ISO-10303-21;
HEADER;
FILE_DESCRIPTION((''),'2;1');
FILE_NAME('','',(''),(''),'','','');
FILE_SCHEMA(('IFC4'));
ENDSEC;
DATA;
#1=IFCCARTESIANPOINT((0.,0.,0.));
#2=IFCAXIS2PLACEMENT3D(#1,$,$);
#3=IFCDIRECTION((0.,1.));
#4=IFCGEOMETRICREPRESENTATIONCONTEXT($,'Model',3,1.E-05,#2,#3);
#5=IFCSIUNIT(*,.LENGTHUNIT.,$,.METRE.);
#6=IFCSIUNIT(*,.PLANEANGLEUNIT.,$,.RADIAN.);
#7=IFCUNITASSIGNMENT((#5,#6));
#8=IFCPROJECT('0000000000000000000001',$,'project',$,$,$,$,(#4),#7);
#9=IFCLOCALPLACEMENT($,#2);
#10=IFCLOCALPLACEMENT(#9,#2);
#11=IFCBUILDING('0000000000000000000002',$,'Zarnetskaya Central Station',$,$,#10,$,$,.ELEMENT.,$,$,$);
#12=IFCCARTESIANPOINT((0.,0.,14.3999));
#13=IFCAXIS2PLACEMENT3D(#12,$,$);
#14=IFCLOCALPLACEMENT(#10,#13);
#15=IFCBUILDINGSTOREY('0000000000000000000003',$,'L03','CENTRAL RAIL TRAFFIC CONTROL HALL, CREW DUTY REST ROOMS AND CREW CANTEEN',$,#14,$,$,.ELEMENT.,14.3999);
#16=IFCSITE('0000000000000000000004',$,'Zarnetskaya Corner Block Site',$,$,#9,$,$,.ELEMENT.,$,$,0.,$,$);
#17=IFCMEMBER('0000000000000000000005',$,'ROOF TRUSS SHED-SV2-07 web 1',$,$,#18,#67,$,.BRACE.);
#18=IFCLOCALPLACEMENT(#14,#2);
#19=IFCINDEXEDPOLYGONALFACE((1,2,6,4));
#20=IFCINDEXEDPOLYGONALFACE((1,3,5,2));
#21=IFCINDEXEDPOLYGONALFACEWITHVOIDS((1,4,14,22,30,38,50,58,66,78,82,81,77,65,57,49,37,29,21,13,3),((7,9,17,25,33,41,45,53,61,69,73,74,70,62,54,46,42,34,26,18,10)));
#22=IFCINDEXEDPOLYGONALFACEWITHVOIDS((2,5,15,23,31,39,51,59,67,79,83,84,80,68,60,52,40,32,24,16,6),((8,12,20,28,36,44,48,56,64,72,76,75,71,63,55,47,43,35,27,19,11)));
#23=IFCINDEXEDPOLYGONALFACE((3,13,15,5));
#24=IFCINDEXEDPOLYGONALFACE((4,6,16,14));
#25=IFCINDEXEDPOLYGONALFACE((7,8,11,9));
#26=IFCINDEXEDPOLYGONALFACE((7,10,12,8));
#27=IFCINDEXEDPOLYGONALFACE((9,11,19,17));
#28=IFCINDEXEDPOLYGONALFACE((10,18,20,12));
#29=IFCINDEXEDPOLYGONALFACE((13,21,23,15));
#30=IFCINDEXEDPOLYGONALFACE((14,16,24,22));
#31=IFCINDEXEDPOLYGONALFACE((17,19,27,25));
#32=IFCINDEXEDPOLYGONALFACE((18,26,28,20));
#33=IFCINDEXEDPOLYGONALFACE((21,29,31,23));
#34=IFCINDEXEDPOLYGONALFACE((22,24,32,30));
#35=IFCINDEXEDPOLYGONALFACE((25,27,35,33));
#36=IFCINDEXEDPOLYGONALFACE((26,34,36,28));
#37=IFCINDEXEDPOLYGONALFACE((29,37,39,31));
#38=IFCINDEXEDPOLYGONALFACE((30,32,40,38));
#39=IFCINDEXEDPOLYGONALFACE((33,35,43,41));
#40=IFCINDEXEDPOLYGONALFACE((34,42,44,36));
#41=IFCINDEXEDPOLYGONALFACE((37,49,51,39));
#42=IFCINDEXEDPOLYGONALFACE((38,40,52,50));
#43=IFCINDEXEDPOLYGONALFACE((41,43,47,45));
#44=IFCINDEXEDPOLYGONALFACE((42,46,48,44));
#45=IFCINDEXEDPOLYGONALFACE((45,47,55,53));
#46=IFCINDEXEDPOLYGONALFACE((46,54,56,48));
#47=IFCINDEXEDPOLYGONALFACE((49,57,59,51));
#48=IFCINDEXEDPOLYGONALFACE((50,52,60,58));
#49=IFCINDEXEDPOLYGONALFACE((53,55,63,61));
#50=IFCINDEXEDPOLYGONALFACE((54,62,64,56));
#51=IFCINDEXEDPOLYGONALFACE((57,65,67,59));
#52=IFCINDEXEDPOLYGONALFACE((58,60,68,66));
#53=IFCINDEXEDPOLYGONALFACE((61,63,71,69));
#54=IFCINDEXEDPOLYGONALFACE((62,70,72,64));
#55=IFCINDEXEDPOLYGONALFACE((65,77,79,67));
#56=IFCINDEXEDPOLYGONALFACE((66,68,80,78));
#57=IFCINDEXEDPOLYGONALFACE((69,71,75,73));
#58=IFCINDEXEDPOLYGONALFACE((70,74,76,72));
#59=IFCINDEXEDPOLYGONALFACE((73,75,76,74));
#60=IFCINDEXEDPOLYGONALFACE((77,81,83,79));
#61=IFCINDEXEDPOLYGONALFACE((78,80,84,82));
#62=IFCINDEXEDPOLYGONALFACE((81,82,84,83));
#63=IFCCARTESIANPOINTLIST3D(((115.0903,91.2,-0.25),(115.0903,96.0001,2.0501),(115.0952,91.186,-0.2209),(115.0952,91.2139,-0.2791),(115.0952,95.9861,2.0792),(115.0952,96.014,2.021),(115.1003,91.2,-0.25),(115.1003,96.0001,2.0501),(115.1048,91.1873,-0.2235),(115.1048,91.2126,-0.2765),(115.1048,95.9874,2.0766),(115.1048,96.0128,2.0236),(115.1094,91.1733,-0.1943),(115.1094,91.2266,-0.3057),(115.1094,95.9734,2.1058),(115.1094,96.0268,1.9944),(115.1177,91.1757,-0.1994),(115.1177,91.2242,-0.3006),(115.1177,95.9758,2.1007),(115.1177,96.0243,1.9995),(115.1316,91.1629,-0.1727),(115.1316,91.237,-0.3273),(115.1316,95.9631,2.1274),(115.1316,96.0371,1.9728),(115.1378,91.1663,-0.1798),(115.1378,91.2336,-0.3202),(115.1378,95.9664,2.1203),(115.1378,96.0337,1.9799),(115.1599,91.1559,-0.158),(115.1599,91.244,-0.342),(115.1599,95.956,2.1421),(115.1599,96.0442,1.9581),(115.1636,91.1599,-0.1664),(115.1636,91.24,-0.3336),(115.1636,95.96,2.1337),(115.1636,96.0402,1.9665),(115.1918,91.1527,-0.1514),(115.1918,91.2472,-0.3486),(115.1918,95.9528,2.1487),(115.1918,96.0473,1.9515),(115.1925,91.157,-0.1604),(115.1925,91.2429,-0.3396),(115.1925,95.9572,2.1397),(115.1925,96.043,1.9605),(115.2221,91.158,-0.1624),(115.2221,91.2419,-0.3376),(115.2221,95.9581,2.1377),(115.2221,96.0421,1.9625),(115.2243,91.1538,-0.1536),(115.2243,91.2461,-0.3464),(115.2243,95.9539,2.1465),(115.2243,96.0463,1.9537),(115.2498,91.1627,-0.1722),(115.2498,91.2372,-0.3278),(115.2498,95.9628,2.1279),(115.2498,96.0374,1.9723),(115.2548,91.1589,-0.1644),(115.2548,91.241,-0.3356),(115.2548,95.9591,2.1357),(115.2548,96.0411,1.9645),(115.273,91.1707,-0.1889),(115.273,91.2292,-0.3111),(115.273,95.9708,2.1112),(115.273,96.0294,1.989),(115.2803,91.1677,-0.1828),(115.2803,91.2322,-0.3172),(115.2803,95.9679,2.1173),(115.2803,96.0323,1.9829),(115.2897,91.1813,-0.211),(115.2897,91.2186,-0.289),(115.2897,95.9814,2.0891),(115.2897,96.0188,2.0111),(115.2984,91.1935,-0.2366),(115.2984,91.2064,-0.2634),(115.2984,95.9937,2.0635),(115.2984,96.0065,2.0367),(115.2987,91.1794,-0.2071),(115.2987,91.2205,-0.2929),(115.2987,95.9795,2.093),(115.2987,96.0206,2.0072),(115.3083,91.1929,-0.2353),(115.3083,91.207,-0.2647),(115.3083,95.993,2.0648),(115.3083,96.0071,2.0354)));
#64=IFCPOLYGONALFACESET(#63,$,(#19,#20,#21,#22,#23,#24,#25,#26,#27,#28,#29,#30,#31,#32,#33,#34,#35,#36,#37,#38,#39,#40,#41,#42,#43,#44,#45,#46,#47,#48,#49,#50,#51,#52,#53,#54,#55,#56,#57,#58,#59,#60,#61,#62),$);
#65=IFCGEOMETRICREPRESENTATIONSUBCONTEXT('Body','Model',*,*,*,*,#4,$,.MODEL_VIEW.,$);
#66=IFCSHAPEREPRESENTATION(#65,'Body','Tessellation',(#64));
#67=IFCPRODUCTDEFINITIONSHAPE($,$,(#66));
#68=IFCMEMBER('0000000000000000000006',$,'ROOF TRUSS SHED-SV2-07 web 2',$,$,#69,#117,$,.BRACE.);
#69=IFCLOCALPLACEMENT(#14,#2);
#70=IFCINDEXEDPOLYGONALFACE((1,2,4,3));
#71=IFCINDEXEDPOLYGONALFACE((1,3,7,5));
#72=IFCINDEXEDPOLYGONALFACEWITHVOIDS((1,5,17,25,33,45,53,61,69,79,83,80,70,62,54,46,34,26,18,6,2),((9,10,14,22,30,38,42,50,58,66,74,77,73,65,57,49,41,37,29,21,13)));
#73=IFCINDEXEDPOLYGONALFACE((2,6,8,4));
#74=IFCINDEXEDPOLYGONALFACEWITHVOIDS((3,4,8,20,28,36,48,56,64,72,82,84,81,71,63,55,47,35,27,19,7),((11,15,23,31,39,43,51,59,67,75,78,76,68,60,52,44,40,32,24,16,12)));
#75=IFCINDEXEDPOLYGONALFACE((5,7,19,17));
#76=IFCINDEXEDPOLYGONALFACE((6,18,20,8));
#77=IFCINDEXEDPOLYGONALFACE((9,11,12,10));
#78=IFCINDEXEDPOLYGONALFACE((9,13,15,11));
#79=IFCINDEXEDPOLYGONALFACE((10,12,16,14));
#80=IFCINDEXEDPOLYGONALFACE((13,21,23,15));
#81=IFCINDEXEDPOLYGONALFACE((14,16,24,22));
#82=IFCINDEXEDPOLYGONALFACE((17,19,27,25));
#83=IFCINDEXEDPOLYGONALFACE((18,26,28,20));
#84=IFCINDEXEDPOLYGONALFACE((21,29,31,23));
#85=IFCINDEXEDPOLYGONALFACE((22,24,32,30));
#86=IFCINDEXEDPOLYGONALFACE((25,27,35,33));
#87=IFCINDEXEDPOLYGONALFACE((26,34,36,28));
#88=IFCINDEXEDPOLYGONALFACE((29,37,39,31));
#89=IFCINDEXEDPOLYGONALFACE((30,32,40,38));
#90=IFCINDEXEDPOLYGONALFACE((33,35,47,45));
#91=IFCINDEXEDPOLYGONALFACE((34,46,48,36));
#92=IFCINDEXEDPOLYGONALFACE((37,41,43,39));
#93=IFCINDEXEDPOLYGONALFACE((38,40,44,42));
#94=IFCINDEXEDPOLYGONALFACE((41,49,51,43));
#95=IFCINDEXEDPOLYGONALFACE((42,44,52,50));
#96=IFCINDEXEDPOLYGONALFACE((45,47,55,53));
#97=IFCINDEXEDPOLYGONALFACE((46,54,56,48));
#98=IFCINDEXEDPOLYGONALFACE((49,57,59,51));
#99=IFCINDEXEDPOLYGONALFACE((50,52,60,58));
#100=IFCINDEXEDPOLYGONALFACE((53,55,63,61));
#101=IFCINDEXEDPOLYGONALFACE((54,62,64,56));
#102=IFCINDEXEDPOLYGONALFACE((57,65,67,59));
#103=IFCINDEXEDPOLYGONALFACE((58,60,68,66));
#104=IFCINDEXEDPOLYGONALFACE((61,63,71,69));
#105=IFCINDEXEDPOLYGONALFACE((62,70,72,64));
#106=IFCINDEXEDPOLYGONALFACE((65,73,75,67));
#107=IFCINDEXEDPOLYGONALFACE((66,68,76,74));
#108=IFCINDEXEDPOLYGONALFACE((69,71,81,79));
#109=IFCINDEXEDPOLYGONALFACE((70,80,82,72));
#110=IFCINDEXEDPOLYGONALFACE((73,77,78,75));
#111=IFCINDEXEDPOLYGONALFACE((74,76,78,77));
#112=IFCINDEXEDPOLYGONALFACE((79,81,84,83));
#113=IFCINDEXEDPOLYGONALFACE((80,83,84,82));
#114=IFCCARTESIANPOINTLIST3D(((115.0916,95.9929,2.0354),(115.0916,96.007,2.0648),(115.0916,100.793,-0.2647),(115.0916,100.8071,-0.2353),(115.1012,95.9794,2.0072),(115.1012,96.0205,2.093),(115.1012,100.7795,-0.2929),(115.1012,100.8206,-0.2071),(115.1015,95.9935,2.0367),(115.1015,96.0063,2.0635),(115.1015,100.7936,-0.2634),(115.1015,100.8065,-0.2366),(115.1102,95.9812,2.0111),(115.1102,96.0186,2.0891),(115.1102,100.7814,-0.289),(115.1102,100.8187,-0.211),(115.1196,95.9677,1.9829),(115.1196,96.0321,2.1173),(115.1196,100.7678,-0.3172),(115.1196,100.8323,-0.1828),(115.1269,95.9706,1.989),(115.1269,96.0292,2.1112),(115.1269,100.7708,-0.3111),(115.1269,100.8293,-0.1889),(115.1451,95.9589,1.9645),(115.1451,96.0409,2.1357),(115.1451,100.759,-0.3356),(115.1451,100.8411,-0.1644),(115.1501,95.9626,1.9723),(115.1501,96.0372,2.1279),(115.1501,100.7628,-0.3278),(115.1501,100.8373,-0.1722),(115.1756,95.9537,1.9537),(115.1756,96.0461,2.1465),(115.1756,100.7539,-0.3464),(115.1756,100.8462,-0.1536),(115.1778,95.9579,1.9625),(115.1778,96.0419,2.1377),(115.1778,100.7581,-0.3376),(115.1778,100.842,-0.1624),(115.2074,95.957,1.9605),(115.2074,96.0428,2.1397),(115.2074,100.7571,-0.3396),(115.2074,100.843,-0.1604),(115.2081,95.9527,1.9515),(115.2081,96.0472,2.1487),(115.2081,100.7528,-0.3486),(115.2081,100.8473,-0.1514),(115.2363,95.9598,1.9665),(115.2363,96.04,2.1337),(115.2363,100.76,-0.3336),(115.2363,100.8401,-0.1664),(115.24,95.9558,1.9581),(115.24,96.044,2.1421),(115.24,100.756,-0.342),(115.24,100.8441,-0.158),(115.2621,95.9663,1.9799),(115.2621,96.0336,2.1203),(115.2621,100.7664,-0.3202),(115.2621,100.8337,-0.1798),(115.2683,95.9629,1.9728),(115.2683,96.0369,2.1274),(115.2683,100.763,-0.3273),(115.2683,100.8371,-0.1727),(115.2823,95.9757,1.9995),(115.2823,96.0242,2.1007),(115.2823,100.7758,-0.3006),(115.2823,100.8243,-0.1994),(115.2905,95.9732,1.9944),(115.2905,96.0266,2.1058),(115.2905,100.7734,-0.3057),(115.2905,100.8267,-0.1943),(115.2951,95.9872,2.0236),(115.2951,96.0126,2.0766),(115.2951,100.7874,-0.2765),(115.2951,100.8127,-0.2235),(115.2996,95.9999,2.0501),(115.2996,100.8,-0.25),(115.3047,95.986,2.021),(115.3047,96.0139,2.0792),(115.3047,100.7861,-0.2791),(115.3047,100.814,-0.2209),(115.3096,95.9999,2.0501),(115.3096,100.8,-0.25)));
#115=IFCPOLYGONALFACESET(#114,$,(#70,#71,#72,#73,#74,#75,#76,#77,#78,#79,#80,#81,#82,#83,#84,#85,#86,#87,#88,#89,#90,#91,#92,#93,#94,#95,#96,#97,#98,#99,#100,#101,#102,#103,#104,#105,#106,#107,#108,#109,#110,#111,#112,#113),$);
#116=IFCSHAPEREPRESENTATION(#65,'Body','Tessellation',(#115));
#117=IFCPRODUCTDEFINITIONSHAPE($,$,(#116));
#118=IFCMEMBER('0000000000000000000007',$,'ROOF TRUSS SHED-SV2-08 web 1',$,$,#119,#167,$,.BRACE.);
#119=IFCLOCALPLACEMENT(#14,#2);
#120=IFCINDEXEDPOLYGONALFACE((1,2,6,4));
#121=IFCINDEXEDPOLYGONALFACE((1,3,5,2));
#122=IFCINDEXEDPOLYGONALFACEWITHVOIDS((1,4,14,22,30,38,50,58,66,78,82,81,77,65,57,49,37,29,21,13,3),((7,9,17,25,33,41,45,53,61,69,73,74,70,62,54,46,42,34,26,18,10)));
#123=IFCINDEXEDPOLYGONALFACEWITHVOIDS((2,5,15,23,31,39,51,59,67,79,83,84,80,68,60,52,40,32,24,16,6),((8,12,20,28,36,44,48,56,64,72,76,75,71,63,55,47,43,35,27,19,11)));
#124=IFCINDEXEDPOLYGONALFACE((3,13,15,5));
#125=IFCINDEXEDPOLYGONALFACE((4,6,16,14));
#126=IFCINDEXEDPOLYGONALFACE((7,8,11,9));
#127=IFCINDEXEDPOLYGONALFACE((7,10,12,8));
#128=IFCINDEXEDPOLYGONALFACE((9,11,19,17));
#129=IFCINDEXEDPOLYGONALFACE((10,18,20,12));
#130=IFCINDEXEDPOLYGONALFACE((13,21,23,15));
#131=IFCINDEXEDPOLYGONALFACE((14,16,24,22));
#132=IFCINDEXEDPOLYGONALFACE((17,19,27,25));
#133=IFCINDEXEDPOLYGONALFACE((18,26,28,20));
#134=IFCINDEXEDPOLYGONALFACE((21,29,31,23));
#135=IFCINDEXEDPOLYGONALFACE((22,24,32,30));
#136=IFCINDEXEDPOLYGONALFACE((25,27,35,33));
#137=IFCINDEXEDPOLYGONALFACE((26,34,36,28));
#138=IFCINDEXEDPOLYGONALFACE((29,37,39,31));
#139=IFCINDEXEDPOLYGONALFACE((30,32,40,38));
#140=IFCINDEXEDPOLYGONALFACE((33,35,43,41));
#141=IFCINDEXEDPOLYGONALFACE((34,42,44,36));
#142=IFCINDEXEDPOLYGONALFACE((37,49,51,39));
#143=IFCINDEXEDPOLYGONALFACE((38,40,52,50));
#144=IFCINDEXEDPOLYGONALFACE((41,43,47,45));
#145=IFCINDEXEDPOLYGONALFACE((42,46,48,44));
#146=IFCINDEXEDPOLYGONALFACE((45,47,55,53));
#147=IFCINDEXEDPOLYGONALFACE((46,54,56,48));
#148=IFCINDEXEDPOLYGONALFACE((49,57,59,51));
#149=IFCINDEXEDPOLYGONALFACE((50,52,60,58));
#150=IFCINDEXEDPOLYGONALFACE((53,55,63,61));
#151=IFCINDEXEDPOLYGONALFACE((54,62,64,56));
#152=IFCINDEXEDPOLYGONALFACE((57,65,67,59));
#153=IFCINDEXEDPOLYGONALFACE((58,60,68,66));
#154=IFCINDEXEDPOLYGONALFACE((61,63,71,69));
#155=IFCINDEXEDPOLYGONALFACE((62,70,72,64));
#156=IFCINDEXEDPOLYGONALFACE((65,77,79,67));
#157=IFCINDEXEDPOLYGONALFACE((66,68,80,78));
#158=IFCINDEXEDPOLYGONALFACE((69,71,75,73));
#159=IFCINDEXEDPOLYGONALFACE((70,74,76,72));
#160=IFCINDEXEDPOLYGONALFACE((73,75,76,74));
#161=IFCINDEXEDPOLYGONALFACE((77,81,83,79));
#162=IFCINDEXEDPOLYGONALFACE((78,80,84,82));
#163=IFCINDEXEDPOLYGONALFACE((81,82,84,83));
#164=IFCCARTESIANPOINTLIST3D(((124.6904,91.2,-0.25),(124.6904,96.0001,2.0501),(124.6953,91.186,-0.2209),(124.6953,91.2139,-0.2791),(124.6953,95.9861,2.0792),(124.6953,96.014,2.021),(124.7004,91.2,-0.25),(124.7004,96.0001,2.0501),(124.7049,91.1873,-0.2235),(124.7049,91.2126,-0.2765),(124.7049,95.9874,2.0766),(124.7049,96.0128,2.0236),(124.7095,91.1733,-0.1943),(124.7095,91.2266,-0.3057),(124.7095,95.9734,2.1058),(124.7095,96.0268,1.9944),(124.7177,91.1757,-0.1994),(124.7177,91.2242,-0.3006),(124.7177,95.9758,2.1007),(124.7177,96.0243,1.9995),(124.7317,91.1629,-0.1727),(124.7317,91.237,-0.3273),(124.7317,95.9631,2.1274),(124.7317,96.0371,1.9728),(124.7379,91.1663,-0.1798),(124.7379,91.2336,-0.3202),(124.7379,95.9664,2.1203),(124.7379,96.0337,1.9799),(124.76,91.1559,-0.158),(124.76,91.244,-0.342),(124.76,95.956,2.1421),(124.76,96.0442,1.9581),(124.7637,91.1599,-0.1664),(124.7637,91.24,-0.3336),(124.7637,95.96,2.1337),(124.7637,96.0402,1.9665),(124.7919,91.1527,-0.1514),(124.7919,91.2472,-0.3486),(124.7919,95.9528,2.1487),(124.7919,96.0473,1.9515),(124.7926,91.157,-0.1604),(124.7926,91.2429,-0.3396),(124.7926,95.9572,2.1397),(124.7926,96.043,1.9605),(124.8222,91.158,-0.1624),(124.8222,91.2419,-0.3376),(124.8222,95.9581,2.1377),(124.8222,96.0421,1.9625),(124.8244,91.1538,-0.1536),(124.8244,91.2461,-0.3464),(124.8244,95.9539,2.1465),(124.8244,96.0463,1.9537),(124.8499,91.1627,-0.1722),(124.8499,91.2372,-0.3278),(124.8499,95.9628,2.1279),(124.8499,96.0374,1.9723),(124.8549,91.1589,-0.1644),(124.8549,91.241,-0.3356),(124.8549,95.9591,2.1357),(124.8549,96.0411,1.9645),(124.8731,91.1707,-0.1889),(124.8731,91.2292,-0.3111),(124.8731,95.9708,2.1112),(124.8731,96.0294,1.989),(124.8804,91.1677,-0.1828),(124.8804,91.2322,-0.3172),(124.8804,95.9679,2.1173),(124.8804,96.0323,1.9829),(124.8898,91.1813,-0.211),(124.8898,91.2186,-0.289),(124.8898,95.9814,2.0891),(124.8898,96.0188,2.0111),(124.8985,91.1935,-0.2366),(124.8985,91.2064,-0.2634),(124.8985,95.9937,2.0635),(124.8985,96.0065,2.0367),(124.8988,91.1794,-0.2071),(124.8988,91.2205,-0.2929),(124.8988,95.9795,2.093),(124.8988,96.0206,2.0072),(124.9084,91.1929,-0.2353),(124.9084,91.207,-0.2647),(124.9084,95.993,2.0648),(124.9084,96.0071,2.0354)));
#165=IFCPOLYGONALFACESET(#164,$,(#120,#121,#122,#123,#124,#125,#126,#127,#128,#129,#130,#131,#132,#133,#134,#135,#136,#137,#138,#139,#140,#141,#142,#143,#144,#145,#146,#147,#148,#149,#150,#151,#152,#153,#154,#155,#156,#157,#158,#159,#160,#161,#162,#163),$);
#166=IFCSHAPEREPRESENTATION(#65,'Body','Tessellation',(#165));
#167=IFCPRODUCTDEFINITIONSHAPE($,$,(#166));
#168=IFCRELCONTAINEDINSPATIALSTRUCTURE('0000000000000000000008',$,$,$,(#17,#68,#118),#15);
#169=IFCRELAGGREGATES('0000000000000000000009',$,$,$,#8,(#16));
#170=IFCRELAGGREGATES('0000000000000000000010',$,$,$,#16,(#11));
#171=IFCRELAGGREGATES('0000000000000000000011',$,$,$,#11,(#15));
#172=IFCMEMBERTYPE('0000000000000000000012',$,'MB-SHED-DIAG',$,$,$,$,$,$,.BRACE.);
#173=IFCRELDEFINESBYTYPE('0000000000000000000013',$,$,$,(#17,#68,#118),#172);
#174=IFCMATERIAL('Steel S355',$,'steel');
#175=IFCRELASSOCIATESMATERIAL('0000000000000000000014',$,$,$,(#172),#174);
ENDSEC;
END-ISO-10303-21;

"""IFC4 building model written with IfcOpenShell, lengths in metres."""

from ifc_helpers import new_model, si_unit, direction, frame, origin, origin_2d, place, context, subcontext, project, spatial, hollow_circle, extrude, material, material_profile, profile_set, type_object, element, save


model = new_model("IFC4")

# Units and contexts
model_context = context("Model", 3, precision=1e-05, world=origin(), true_north=direction((0.0, 1.0)))
body_context = subcontext(model_context, "Body", "Model", "MODEL_VIEW")
ifc_project = project(units=[si_unit("LENGTHUNIT", "METRE"), si_unit("PLANEANGLEUNIT", "RADIAN")], contexts=[model_context])

# Site, building, storey
site_placement = place(None, origin())
site = spatial("IfcSite", under=ifc_project, at=site_placement, Name="Zarnetskaya Corner Block Site", CompositionType="ELEMENT", RefElevation=0.0)
building_placement = place(site_placement, origin())
building = spatial("IfcBuilding", under=site, at=building_placement, Name="Zarnetskaya Central Station", CompositionType="ELEMENT")
storey_placement = place(building_placement, frame((0.0, 0.0, 14.3999)))
storey = spatial("IfcBuildingStorey", under=building, at=storey_placement, Name="L03", Description="CENTRAL RAIL TRAFFIC CONTROL HALL, CREW DUTY REST ROOMS AND CREW CANTEEN", CompositionType="ELEMENT", Elevation=14.3999)

# Shared definitions
ifc_material_1 = material(Name="Steel S355", Category="steel")

# Members
ifc_material_profile_1 = material_profile(ifc_material_1, hollow_circle(Radius=0.1096, WallThickness=0.01, at=origin_2d()), Name="CHS 219.1x10")
ifc_profile_set_1 = profile_set([ifc_material_profile_1], Name="Steel S355")
member_type_1 = type_object("IfcMemberType", Name="MB-SHED-DIAG", PredefinedType="BRACE", material=ifc_profile_set_1)
for number, where, z_axis, x_axis, name in (
    (1, (115.2, 91.2, -0.25), (0.0, 0.901814, 0.432124), (-1.0, 0.0, 0.0), "ROOF TRUSS SHED-SV2-07 web 1"),
    (2, (115.2, 100.8, -0.25), (0.0, -0.901814, 0.432124), (1.0, 0.0, 0.0), "ROOF TRUSS SHED-SV2-07 web 2"),
    (3, (124.8, 91.2, -0.25), (0.0, 0.901814, 0.432124), (-1.0, 0.0, 0.0), "ROOF TRUSS SHED-SV2-08 web 1"),
):
    element("IfcMember", number, at=place(storey_placement, frame(where, z_axis=z_axis, x_axis=x_axis)), inside=storey, type_object=member_type_1, Name=name, PredefinedType="BRACE", context=body_context, shape_type="SweptSolid", body=[
        extrude(hollow_circle(Radius=0.1096, WallThickness=0.01, at=origin_2d()), origin(), (0.0, 0.0, 1.0), 5.3228),
    ])

save(model, "model.ifc")
